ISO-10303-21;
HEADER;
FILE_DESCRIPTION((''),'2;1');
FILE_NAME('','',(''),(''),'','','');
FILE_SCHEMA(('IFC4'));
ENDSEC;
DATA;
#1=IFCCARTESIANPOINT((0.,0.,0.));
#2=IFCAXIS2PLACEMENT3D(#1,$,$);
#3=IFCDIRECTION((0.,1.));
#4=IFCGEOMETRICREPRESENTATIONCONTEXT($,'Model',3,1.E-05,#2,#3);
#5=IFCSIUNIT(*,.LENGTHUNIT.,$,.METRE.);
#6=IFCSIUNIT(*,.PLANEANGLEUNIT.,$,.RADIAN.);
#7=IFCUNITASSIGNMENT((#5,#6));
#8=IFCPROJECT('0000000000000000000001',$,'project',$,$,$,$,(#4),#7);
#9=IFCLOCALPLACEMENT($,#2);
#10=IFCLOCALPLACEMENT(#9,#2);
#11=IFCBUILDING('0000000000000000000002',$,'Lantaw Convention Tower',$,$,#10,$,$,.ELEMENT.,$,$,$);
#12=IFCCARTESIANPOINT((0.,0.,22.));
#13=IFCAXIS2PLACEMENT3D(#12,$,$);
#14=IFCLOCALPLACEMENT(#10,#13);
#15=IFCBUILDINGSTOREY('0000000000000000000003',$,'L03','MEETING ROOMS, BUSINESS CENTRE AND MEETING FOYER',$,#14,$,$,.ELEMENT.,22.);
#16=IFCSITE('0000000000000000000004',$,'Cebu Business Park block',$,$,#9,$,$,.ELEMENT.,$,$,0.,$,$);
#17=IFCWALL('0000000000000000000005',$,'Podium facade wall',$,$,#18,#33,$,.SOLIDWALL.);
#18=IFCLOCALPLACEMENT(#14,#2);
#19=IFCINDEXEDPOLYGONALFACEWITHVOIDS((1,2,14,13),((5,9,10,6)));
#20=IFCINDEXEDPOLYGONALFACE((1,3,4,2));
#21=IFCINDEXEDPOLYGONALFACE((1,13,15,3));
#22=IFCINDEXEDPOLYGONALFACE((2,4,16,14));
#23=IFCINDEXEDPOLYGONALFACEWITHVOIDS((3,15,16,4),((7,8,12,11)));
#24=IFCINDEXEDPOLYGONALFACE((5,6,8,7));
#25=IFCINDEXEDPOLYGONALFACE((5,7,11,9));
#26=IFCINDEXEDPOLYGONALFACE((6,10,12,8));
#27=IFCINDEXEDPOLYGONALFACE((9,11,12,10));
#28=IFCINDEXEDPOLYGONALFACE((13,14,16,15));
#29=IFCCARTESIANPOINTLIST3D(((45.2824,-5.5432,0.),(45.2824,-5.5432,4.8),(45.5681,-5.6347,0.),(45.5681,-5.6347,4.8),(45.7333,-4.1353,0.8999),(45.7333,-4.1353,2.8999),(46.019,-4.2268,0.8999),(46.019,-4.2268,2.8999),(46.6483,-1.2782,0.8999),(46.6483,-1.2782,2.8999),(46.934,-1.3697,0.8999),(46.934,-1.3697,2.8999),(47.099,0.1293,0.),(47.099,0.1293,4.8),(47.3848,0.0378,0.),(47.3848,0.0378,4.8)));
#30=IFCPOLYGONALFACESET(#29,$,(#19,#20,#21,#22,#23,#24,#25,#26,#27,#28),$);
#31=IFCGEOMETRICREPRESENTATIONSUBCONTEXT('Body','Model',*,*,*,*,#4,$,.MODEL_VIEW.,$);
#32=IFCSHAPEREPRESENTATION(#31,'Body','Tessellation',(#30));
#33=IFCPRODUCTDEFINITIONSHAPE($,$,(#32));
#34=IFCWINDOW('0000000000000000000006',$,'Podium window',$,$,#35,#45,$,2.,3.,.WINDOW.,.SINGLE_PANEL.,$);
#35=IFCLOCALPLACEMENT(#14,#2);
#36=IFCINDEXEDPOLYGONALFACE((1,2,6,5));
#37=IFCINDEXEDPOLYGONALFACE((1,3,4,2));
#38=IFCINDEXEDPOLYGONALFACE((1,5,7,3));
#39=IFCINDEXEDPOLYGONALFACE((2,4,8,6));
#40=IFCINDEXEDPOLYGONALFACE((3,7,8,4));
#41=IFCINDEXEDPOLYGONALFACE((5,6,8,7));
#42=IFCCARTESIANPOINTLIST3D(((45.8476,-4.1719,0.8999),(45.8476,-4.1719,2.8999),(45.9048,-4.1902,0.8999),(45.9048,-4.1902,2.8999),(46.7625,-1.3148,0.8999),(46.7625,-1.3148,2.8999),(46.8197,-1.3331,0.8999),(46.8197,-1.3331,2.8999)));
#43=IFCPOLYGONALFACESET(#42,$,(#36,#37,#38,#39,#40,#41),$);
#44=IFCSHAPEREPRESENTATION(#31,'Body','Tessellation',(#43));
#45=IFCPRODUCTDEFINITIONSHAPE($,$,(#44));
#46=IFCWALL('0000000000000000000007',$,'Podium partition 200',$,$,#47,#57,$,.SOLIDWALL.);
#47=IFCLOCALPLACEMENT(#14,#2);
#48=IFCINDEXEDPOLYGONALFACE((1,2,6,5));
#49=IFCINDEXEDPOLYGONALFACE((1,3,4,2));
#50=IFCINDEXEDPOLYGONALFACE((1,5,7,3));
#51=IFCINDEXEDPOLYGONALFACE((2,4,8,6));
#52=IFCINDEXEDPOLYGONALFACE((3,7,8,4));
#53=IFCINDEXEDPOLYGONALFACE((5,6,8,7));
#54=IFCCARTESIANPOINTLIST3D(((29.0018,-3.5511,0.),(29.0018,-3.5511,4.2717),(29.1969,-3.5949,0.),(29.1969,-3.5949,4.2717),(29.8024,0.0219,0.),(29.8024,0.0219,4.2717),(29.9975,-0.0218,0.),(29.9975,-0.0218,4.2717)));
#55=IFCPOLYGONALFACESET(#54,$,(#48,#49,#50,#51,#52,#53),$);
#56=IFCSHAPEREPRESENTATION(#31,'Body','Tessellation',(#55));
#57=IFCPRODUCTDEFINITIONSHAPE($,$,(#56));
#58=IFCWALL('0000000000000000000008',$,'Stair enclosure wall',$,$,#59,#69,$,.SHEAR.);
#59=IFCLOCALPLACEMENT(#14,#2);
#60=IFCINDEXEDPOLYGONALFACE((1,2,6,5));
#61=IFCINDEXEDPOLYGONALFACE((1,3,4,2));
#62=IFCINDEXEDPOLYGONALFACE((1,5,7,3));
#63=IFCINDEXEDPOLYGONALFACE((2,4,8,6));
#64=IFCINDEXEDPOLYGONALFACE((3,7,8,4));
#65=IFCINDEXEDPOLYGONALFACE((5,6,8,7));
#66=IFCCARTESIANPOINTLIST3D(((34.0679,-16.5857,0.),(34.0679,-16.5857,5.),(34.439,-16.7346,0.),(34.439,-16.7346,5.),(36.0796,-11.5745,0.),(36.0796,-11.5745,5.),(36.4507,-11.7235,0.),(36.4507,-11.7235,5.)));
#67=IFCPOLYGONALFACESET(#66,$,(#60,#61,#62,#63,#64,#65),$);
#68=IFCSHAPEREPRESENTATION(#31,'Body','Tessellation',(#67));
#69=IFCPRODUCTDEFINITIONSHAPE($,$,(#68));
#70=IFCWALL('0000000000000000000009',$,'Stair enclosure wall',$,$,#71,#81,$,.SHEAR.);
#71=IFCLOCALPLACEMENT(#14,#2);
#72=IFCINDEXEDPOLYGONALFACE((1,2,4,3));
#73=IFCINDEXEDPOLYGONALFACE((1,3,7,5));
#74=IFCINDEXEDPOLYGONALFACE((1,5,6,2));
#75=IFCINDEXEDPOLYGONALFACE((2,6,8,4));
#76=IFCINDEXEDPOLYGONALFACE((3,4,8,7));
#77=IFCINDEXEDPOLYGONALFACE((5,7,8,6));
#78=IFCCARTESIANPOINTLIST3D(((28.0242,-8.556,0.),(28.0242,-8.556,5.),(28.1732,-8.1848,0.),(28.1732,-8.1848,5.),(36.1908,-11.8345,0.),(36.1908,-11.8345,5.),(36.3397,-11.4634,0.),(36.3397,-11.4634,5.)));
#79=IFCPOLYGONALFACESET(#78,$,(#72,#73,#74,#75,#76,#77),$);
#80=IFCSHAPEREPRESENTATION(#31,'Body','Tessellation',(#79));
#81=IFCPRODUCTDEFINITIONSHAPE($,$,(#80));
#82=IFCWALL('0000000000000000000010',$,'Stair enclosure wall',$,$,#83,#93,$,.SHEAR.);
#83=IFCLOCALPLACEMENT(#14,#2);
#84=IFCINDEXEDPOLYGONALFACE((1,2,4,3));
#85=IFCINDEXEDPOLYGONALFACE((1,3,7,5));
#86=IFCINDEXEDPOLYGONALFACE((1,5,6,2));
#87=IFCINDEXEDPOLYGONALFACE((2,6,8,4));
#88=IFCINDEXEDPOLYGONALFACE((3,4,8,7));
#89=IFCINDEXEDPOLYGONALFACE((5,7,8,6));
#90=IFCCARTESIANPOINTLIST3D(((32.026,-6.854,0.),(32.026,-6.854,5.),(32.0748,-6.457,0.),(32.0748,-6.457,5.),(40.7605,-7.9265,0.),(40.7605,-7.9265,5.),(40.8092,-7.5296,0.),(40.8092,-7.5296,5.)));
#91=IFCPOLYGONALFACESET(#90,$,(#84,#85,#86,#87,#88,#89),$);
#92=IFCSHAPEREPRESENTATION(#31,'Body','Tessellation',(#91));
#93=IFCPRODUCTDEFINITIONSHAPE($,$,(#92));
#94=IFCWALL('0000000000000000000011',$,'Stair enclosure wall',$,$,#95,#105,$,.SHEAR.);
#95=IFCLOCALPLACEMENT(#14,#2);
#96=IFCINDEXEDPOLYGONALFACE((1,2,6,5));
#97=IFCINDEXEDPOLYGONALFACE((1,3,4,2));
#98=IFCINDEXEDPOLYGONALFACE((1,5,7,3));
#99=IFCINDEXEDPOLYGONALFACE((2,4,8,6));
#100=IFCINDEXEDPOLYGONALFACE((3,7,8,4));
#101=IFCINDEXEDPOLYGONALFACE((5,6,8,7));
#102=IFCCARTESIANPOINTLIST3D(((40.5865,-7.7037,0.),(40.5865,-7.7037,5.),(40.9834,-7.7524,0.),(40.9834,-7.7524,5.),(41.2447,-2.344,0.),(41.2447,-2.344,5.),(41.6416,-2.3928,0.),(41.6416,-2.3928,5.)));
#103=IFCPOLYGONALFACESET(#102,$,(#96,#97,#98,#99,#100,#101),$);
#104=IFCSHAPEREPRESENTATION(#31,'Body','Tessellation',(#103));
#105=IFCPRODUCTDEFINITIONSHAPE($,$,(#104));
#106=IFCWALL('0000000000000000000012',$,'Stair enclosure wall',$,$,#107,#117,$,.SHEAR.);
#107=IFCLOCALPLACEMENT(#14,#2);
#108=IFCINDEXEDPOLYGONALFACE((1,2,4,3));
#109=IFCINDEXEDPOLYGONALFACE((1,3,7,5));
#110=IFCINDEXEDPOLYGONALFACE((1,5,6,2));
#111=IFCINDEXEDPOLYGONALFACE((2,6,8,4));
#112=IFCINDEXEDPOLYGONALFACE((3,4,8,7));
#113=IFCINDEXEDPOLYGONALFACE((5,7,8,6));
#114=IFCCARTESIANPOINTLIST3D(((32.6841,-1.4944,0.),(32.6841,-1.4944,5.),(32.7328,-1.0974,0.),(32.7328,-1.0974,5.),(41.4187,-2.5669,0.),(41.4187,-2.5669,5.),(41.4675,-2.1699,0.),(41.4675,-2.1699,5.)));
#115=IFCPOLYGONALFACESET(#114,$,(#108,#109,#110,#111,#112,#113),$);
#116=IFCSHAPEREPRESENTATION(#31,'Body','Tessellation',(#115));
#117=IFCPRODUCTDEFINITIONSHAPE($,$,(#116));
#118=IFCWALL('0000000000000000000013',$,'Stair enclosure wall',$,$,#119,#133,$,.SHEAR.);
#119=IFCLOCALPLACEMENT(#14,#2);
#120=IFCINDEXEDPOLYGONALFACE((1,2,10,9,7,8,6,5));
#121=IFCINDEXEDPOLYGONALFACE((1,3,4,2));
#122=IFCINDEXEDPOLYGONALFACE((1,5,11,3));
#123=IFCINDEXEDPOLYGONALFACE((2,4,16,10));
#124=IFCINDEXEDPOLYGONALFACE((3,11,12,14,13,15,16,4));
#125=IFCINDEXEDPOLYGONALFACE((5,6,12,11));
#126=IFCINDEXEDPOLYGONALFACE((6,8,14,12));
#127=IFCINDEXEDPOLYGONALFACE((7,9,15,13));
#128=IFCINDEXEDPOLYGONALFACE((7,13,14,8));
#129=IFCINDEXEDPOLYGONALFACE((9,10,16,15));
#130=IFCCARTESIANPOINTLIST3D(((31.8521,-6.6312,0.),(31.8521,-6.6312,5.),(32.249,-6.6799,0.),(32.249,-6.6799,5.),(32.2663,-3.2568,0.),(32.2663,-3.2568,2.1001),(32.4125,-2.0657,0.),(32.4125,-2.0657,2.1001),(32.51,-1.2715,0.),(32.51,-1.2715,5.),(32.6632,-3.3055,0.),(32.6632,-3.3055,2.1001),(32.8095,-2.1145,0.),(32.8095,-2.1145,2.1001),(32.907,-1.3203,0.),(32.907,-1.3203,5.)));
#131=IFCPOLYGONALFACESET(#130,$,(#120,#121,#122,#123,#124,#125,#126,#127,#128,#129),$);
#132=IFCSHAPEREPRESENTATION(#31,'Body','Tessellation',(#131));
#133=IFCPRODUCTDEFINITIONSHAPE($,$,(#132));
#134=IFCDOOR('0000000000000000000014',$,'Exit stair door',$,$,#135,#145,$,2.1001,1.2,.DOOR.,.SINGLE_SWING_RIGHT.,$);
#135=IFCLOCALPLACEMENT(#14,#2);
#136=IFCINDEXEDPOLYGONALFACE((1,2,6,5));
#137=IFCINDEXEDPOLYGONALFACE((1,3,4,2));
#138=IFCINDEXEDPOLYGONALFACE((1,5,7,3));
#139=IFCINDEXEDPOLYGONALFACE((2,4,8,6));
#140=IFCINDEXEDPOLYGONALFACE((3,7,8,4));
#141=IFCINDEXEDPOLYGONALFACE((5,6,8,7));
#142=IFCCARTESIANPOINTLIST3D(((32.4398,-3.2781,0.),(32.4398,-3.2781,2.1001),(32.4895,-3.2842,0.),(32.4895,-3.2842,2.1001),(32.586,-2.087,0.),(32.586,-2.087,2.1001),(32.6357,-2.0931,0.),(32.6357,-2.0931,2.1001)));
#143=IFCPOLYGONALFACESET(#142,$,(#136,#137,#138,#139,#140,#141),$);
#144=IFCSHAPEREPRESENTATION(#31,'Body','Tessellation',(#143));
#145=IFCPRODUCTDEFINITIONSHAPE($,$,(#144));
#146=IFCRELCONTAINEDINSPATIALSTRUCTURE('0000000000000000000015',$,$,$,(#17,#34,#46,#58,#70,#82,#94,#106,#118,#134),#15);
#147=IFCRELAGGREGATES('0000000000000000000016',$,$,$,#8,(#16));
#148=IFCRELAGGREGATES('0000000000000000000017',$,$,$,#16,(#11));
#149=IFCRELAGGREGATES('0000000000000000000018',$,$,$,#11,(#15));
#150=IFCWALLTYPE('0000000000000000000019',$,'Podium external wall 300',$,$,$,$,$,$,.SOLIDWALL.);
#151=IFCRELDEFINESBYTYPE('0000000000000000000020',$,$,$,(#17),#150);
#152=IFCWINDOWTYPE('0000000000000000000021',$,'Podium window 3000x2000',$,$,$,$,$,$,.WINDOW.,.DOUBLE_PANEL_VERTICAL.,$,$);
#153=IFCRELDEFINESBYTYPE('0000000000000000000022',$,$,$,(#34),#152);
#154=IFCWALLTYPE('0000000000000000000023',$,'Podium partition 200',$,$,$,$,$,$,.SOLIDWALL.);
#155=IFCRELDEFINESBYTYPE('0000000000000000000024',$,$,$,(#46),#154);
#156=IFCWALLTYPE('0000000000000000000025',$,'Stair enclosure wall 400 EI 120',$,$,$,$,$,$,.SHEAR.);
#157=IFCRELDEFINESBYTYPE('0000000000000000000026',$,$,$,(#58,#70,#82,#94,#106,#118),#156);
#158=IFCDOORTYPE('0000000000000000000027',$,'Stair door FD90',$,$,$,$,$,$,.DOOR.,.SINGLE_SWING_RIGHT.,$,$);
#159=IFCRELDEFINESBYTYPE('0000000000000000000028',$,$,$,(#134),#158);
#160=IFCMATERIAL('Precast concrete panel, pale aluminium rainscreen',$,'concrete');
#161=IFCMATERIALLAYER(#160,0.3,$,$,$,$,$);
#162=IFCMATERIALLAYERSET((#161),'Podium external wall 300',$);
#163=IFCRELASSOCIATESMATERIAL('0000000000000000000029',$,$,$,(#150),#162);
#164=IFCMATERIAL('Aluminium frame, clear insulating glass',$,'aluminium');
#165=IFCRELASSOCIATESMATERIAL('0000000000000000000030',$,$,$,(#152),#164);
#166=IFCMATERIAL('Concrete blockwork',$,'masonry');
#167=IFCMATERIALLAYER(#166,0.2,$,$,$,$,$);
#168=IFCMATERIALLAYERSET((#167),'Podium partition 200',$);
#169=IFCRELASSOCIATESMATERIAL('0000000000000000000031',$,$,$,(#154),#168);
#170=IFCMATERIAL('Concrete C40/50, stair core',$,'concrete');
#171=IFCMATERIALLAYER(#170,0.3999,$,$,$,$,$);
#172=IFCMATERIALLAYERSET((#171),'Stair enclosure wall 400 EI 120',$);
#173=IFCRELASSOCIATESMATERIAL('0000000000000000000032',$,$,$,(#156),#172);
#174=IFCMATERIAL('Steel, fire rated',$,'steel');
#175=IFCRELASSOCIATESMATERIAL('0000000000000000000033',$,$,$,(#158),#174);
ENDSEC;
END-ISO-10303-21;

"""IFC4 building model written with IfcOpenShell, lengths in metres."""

from ifc_helpers import new_model, si_unit, direction, frame, frame_2d, origin, place, context, subcontext, project, spatial, rectangle, extrude, material, layer, layer_set, type_object, element, fill, save


model = new_model("IFC4")

# Units and contexts
model_context = context("Model", 3, precision=1e-05, world=origin(), true_north=direction((0.0, 1.0)))
body_context = subcontext(model_context, "Body", "Model", "MODEL_VIEW")
ifc_project = project(units=[si_unit("LENGTHUNIT", "METRE"), si_unit("PLANEANGLEUNIT", "RADIAN")], contexts=[model_context])

# Site, building, storey
site_placement = place(None, origin())
site = spatial("IfcSite", under=ifc_project, at=site_placement, Name="Cebu Business Park block", CompositionType="ELEMENT", RefElevation=0.0)
building_placement = place(site_placement, origin())
building = spatial("IfcBuilding", under=site, at=building_placement, Name="Lantaw Convention Tower", CompositionType="ELEMENT")
storey_placement = place(building_placement, frame((0.0, 0.0, 22.0)))
storey = spatial("IfcBuildingStorey", under=building, at=storey_placement, Name="L03", Description="MEETING ROOMS, BUSINESS CENTRE AND MEETING FOYER", CompositionType="ELEMENT", Elevation=22.0)

# Wall, opening, window
ifc_material_1 = material(Name="Precast concrete panel, pale aluminium rainscreen", Category="concrete")
ifc_layer_1 = layer(ifc_material_1, 0.3)
ifc_layer_set_1 = layer_set([ifc_layer_1], Name="Podium external wall 300")
wall_type_1 = type_object("IfcWallType", Name="Podium external wall 300", PredefinedType="SOLIDWALL", material=ifc_layer_set_1)
ifc_material_2 = material(Name="Aluminium frame, clear insulating glass", Category="aluminium")
window_type = type_object("IfcWindowType", Name="Podium window 3000x2000", PartitioningType="DOUBLE_PANEL_VERTICAL", PredefinedType="WINDOW", material=ifc_material_2)
wall_1_placement = place(storey_placement, frame((45.4253, -5.5889, 0.0), z_axis=(0.0, 0.0, 1.0), x_axis=(0.304991, 0.952355, 0.0)))
wall_1 = element("IfcWall", 1, at=wall_1_placement, inside=storey, type_object=wall_type_1, Name="Podium facade wall", PredefinedType="SOLIDWALL", context=body_context, shape_type="SweptSolid", body=[
    extrude(rectangle(XDim=5.9563, YDim=0.3, at=frame_2d((2.978, 0.0))), origin(), (0.0, 0.0, 1.0), 4.8),
])
opening_1_placement = place(wall_1_placement, frame((1.4783, 0.0, 0.8999)))
opening_1 = element("IfcOpeningElement", 2, at=opening_1_placement, cuts=wall_1, PredefinedType="OPENING", context=body_context, shape_type="SweptSolid", body=[
    extrude(rectangle(XDim=3.0, YDim=2.0, at=frame_2d((1.5, 1.0))), frame((0.0, 0.1599, 0.0), z_axis=(0.0, -1.0, 0.0), x_axis=(1.0, 0.0, 0.0)), (0.0, 0.0, 1.0), 0.3201),
])
window_1_placement = place(opening_1_placement, origin())
window_1 = element("IfcWindow", 3, at=window_1_placement, inside=storey, type_object=window_type, Name="Podium window", OverallHeight=2.0, OverallWidth=3.0, PartitioningType="SINGLE_PANEL", PredefinedType="WINDOW", context=body_context, shape_type="SweptSolid", body=[
    extrude(rectangle(XDim=3.0, YDim=2.0, at=frame_2d((1.5, 1.0))), frame((0.0, 0.03, 0.0), z_axis=(0.0, -1.0, 0.0), x_axis=(1.0, 0.0, 0.0)), (0.0, 0.0, 1.0), 0.0601),
])
fill(opening_1, window_1)

# Walls
ifc_material_3 = material(Name="Concrete blockwork", Category="masonry")
ifc_layer_2 = layer(ifc_material_3, 0.2)
ifc_layer_set_2 = layer_set([ifc_layer_2], Name="Podium partition 200")
wall_type_2 = type_object("IfcWallType", Name="Podium partition 200", PredefinedType="SOLIDWALL", material=ifc_layer_set_2)
wall_2_placement = place(storey_placement, frame((29.0994, -3.573, 0.0), z_axis=(0.0, 0.0, 1.0), x_axis=(0.218632, 0.975807, 0.0)))
element("IfcWall", 4, at=wall_2_placement, inside=storey, type_object=wall_type_2, Name="Podium partition 200", PredefinedType="SOLIDWALL", context=body_context, shape_type="SweptSolid", body=[
    extrude(rectangle(XDim=3.6616, YDim=0.2, at=frame_2d((1.8308, 0.0))), origin(), (0.0, 0.0, 1.0), 4.2717),
])
ifc_material_4 = material(Name="Concrete C40/50, stair core", Category="concrete")
ifc_layer_3 = layer(ifc_material_4, 0.3999)
ifc_layer_set_3 = layer_set([ifc_layer_3], Name="Stair enclosure wall 400 EI 120")
wall_type_3 = type_object("IfcWallType", Name="Stair enclosure wall 400 EI 120", PredefinedType="SHEAR", material=ifc_layer_set_3)
wall_3_placement = place(storey_placement, frame((34.2534, -16.6602, 0.0), z_axis=(0.0, 0.0, 1.0), x_axis=(0.372544, 0.928015, 0.0)))
element("IfcWall", 5, at=wall_3_placement, inside=storey, type_object=wall_type_3, Name="Stair enclosure wall", PredefinedType="SHEAR", context=body_context, shape_type="SweptSolid", body=[
    extrude(rectangle(XDim=5.3999, YDim=0.3999, at=frame_2d((2.7, 0.0))), origin(), (0.0, 0.0, 1.0), 5.0),
])
for number, where, z_axis, x_axis, name in (
    (6, (36.2651, -11.6489, 0.0), (0.0, 0.0, 1.0), (-0.928007, 0.372562, 0.0), "Stair enclosure wall"),
    (7, (32.0505, -6.6555, 0.0), (0.0, 0.0, 1.0), (0.992545, -0.121876, 0.0), "Stair enclosure wall"),
):
    element("IfcWall", number, at=place(storey_placement, frame(where, z_axis=z_axis, x_axis=x_axis)), inside=storey, type_object=wall_type_3, Name=name, PredefinedType="SHEAR", context=body_context, shape_type="SweptSolid", body=[
        extrude(rectangle(XDim=8.8, YDim=0.3999, at=frame_2d((4.3999, 0.0))), origin(), (0.0, 0.0, 1.0), 5.0),
    ])
wall_4_placement = place(storey_placement, frame((40.7849, -7.728, 0.0), z_axis=(0.0, 0.0, 1.0), x_axis=(0.121892, 0.992543, 0.0)))
element("IfcWall", 8, at=wall_4_placement, inside=storey, type_object=wall_type_3, Name="Stair enclosure wall", PredefinedType="SHEAR", context=body_context, shape_type="SweptSolid", body=[
    extrude(rectangle(XDim=5.3999, YDim=0.3999, at=frame_2d((2.7, 0.0))), origin(), (0.0, 0.0, 1.0), 5.0),
])
wall_5_placement = place(storey_placement, frame((41.4431, -2.3684, 0.0), z_axis=(0.0, 0.0, 1.0), x_axis=(-0.992546, 0.121873, 0.0)))
element("IfcWall", 9, at=wall_5_placement, inside=storey, type_object=wall_type_3, Name="Stair enclosure wall", PredefinedType="SHEAR", context=body_context, shape_type="SweptSolid", body=[
    extrude(rectangle(XDim=8.8003, YDim=0.3999, at=frame_2d((4.4001, 0.0))), origin(), (0.0, 0.0, 1.0), 5.0),
])

# Wall, opening, door
wall_6_placement = place(storey_placement, frame((32.7085, -1.2959, 0.0), z_axis=(0.0, 0.0, 1.0), x_axis=(-0.121848, -0.992549, 0.0)))
wall_6 = element("IfcWall", 10, at=wall_6_placement, inside=storey, type_object=wall_type_3, Name="Stair enclosure wall", PredefinedType="SHEAR", context=body_context, shape_type="SweptSolid", body=[
    extrude(rectangle(XDim=5.3999, YDim=0.3999, at=frame_2d((2.7, 0.0))), origin(), (0.0, 0.0, 1.0), 5.0),
])
opening_2_placement = place(wall_6_placement, frame((0.8, 0.0, 0.0)))
opening_2 = element("IfcOpeningElement", 11, at=opening_2_placement, cuts=wall_6, PredefinedType="OPENING", context=body_context, shape_type="SweptSolid", body=[
    extrude(rectangle(XDim=1.2, YDim=2.1001, at=frame_2d((0.6001, 1.05))), frame((0.0, 0.21, 0.0), z_axis=(0.0, -1.0, 0.0), x_axis=(1.0, 0.0, 0.0)), (0.0, 0.0, 1.0), 0.4199),
])
ifc_material_5 = material(Name="Steel, fire rated", Category="steel")
door_type = type_object("IfcDoorType", Name="Stair door FD90", OperationType="SINGLE_SWING_RIGHT", PredefinedType="DOOR", material=ifc_material_5)
door_placement = place(opening_2_placement, origin())
door = element("IfcDoor", 12, at=door_placement, inside=storey, type_object=door_type, Name="Exit stair door", OperationType="SINGLE_SWING_RIGHT", OverallHeight=2.1001, OverallWidth=1.2, PredefinedType="DOOR", context=body_context, shape_type="SweptSolid", body=[
    extrude(rectangle(XDim=1.2, YDim=2.1001, at=frame_2d((0.6001, 1.05))), frame((0.0, 0.0249, 0.0), z_axis=(0.0, -1.0, 0.0), x_axis=(1.0, 0.0, 0.0)), (0.0, 0.0, 1.0), 0.05),
])
fill(opening_2, door)

save(model, "model.ifc")
